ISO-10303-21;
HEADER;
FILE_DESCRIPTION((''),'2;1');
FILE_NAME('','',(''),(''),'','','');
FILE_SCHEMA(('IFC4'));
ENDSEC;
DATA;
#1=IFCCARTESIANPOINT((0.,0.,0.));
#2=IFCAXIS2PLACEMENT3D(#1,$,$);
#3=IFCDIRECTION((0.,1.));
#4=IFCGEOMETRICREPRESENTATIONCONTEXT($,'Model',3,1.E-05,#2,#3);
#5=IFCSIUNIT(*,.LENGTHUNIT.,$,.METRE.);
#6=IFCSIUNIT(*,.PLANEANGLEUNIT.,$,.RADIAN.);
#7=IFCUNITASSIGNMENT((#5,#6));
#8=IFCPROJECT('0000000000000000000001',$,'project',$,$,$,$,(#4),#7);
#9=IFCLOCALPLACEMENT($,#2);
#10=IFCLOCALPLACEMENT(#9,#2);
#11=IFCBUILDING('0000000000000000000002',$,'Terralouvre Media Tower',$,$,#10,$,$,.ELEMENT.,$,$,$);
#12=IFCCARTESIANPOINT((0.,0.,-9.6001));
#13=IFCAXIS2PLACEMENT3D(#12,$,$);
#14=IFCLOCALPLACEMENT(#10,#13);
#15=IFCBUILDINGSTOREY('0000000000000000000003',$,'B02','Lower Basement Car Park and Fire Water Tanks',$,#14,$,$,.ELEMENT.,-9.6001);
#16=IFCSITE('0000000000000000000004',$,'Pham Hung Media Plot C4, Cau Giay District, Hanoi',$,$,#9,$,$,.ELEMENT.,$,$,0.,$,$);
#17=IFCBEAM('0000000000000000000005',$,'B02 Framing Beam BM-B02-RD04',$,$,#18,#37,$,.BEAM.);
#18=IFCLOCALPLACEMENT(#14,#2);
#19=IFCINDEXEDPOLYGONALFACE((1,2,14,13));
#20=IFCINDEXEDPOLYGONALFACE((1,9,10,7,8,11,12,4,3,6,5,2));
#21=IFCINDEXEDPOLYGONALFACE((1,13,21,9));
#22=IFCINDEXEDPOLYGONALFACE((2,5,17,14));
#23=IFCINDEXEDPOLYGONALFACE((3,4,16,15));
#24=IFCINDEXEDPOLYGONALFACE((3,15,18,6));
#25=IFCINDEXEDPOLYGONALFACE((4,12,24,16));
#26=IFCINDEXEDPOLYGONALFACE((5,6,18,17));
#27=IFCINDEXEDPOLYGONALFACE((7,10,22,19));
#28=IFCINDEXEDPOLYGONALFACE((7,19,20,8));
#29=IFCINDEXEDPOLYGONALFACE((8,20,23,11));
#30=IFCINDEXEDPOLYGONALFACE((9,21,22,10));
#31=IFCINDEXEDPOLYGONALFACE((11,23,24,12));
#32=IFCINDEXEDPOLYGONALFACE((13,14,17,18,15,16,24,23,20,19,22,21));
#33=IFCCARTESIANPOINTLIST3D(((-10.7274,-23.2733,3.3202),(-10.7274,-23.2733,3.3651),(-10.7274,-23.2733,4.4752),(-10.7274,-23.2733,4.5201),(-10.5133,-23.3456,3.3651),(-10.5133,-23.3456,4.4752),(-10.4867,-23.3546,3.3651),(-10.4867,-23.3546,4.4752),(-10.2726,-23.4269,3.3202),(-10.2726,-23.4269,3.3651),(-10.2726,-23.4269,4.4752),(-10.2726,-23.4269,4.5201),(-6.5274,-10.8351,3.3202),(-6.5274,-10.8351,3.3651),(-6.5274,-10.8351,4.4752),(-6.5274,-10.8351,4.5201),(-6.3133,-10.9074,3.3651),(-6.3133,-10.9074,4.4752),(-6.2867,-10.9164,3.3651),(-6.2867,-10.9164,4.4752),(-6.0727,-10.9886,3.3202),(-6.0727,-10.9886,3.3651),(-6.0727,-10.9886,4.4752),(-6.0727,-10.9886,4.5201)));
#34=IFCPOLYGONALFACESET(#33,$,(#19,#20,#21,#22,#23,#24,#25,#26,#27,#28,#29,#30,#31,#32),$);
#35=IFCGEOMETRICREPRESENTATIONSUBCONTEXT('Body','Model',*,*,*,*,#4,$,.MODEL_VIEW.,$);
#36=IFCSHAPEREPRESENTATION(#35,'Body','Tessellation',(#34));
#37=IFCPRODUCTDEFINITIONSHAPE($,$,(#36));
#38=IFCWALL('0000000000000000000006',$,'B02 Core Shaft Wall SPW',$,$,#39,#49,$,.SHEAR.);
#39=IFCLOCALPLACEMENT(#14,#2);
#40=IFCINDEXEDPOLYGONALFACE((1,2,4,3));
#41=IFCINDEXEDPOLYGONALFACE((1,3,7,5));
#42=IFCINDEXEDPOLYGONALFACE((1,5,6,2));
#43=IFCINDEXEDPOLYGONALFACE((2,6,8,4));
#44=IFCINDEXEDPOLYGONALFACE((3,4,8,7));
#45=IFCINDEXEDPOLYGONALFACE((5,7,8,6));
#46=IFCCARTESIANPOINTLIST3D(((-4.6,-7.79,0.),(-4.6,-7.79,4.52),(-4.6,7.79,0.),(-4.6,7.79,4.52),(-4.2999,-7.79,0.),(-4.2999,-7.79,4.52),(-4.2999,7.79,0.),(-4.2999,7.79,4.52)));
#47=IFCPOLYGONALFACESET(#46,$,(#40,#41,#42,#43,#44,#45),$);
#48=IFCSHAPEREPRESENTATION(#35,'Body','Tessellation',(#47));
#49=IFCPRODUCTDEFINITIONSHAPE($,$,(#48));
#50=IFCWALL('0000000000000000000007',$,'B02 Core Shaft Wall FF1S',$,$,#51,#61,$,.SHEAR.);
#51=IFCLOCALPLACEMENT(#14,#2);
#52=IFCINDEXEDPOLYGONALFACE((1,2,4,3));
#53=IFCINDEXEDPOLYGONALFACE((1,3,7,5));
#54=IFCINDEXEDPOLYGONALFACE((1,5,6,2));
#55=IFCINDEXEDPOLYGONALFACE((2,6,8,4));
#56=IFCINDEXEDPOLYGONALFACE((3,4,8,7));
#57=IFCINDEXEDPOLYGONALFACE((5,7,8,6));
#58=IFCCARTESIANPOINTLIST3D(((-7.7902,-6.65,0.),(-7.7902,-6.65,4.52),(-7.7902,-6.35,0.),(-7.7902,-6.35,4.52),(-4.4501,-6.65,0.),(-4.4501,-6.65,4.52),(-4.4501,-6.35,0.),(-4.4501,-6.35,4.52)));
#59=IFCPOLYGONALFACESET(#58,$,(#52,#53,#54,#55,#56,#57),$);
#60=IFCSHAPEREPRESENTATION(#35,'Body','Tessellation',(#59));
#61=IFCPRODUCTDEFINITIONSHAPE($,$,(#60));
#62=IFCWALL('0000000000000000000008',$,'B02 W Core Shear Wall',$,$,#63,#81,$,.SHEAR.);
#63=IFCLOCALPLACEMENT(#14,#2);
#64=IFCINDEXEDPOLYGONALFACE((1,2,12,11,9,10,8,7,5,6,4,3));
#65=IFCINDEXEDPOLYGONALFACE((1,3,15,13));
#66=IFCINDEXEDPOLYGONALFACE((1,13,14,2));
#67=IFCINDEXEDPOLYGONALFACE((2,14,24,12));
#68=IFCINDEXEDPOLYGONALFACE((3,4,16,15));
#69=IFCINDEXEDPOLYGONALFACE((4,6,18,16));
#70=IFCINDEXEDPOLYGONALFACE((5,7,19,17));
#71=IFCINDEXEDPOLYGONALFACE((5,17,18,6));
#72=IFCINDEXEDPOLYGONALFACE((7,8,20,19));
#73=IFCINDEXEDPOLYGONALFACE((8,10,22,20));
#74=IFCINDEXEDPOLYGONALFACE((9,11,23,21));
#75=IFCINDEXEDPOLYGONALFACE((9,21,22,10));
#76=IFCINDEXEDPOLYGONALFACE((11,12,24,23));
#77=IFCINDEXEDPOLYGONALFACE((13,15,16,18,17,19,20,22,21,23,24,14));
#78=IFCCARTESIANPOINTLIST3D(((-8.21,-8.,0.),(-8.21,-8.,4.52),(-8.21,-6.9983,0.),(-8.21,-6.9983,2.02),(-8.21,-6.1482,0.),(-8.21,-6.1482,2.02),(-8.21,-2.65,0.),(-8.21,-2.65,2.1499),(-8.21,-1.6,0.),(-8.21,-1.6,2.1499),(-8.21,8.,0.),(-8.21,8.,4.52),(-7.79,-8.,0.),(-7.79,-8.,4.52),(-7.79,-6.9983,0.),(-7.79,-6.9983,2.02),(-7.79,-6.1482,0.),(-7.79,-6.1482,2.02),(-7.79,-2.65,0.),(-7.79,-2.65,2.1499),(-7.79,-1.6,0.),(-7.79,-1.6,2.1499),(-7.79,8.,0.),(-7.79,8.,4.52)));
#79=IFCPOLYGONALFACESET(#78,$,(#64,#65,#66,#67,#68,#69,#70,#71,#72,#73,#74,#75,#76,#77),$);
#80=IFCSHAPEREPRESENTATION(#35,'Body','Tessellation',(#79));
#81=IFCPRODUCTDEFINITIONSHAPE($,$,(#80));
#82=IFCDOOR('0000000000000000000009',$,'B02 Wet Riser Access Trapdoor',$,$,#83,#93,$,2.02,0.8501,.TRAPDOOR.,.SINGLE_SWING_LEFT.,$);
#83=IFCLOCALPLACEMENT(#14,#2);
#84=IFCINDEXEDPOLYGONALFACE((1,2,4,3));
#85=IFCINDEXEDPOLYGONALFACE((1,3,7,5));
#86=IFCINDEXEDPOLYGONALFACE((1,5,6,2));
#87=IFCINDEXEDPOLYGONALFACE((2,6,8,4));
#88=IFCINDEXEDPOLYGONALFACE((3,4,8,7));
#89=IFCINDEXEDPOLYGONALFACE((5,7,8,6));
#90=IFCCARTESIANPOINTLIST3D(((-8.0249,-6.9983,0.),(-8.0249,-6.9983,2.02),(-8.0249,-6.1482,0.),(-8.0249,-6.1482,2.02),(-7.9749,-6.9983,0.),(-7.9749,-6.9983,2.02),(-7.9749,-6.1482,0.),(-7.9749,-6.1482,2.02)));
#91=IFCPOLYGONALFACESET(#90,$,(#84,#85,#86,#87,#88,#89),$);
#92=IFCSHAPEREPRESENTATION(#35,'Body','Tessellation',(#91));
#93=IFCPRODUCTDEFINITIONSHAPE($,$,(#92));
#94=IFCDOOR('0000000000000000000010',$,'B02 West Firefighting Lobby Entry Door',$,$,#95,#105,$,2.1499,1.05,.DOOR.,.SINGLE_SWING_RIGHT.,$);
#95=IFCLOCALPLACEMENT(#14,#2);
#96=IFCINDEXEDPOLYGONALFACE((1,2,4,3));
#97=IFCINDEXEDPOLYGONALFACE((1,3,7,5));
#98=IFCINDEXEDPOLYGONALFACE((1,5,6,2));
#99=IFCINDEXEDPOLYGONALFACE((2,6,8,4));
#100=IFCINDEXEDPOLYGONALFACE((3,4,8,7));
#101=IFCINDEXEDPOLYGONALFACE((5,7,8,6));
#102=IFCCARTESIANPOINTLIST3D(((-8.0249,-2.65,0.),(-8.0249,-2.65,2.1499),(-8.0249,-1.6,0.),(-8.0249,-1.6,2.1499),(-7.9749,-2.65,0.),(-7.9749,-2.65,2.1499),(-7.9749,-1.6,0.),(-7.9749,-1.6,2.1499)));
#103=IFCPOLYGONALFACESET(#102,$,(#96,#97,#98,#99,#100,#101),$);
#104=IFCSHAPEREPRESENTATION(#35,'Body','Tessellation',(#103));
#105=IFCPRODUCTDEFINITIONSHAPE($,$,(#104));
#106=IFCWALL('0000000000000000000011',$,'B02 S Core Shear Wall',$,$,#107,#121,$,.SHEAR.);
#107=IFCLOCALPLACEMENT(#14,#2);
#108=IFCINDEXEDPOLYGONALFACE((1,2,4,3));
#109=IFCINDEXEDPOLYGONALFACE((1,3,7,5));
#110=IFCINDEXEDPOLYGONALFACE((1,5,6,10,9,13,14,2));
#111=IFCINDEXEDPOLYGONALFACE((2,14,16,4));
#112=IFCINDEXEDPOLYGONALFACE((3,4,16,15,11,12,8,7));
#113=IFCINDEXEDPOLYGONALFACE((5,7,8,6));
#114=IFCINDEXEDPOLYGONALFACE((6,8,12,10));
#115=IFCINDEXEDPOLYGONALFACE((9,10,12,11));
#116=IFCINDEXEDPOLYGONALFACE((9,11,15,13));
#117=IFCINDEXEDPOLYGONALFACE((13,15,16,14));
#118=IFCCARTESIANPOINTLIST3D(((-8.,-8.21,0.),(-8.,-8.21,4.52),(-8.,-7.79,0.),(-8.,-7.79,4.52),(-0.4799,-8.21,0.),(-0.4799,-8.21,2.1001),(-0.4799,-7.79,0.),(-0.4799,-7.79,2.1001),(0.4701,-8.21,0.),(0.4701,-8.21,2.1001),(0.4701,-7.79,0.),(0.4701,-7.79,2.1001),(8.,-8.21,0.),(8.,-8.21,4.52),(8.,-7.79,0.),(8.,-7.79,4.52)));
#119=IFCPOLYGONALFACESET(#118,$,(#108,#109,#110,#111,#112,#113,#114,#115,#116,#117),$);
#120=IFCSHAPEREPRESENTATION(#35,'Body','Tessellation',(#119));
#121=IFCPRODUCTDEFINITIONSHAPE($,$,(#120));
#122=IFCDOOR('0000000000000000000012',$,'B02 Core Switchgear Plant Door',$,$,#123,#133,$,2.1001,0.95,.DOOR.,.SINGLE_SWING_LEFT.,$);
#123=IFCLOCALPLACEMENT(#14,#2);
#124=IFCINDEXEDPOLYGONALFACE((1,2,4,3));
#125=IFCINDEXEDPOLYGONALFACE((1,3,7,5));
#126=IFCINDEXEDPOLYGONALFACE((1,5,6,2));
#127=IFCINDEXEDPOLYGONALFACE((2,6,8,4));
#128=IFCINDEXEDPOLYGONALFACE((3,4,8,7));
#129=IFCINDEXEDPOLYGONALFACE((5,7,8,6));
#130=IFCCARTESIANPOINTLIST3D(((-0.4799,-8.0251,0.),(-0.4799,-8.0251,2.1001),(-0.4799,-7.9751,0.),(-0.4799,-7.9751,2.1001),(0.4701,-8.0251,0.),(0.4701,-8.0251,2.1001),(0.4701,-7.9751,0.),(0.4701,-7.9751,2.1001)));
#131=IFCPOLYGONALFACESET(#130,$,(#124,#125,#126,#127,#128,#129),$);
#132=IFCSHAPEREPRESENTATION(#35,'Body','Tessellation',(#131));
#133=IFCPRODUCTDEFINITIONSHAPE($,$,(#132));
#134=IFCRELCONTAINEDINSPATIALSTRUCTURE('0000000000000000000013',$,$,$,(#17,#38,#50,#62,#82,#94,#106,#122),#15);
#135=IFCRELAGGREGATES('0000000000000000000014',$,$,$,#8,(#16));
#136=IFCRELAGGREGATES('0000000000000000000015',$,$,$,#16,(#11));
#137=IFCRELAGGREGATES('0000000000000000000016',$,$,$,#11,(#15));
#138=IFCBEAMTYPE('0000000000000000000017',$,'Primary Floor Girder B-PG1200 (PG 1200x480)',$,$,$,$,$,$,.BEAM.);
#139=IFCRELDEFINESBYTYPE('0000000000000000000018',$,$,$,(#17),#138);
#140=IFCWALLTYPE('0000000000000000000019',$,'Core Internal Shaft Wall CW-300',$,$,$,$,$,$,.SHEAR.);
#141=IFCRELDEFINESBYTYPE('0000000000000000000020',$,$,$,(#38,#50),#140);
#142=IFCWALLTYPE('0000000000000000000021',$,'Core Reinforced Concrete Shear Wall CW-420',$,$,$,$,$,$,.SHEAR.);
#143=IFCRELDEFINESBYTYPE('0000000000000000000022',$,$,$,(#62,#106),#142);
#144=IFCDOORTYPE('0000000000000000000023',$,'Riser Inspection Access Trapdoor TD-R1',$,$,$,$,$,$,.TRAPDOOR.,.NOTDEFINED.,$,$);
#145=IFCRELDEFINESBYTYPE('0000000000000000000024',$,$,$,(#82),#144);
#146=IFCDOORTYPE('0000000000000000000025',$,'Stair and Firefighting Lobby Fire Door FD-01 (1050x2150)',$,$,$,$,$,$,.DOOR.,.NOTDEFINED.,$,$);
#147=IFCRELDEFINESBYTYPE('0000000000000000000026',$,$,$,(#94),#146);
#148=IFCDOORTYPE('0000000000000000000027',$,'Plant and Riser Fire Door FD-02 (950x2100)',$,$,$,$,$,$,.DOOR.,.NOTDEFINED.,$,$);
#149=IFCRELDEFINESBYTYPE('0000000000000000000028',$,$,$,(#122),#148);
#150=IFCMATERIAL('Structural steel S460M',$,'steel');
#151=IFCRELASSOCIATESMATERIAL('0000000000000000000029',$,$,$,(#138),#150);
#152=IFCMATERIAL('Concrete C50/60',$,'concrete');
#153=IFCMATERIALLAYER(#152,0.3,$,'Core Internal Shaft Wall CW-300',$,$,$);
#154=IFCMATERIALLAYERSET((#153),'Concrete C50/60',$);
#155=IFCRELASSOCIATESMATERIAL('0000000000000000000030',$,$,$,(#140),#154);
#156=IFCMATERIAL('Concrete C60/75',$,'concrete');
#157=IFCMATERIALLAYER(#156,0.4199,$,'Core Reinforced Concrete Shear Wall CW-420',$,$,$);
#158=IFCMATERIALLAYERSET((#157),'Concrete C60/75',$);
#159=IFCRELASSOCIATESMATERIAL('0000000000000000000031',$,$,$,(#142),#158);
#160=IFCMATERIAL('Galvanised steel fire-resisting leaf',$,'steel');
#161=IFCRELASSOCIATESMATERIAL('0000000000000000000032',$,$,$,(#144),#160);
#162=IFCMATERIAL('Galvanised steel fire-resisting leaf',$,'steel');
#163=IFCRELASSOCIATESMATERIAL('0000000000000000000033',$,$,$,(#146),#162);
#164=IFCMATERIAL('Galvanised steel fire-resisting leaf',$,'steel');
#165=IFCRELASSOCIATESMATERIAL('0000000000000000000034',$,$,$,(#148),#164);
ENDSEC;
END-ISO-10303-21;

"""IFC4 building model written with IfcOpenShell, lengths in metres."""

from ifc_helpers import new_model, si_unit, direction, frame, frame_2d, origin, origin_2d, place, context, subcontext, project, spatial, rectangle, i_section, extrude, material, layer, layer_set, material_profile, profile_set, type_object, element, fill, save


model = new_model("IFC4")

# Units and contexts
model_context = context("Model", 3, precision=1e-05, world=origin(), true_north=direction((0.0, 1.0)))
body_context = subcontext(model_context, "Body", "Model", "MODEL_VIEW")
ifc_project = project(units=[si_unit("LENGTHUNIT", "METRE"), si_unit("PLANEANGLEUNIT", "RADIAN")], contexts=[model_context])

# Site, building, storey
site_placement = place(None, origin())
site = spatial("IfcSite", under=ifc_project, at=site_placement, Name="Pham Hung Media Plot C4, Cau Giay District, Hanoi", CompositionType="ELEMENT", RefElevation=0.0)
building_placement = place(site_placement, origin())
building = spatial("IfcBuilding", under=site, at=building_placement, Name="Terralouvre Media Tower", CompositionType="ELEMENT")
storey_placement = place(building_placement, frame((0.0, 0.0, -9.6001)))
storey = spatial("IfcBuildingStorey", under=building, at=storey_placement, Name="B02", Description="Lower Basement Car Park and Fire Water Tanks", CompositionType="ELEMENT", Elevation=-9.6001)

# Beam
ifc_material_1 = material(Name="Structural steel S460M", Category="steel")
ifc_material_profile_1 = material_profile(ifc_material_1, i_section(OverallWidth=0.48, OverallDepth=1.2, WebThickness=0.0281, FlangeThickness=0.0449, at=origin_2d()), Name="PG 1200x480")
ifc_profile_set_1 = profile_set([ifc_material_profile_1], Name="Structural steel S460M")
beam_type_1 = type_object("IfcBeamType", Name="Primary Floor Girder B-PG1200 (PG 1200x480)", PredefinedType="BEAM", material=ifc_profile_set_1)
beam_1_placement = place(storey_placement, frame((-6.3, -10.9119, 3.9202), z_axis=(-0.319919, -0.947445, 0.0), x_axis=(0.947445, -0.319919, 0.0)))
element("IfcBeam", 1, at=beam_1_placement, inside=storey, type_object=beam_type_1, Name="B02 Framing Beam BM-B02-RD04", PredefinedType="BEAM", context=body_context, shape_type="SweptSolid", body=[
    extrude(i_section(OverallWidth=0.48, OverallDepth=1.2, WebThickness=0.0281, FlangeThickness=0.0449, at=origin_2d()), origin(), (0.0, 0.0, 1.0), 13.1282),
])

# Walls
ifc_material_2 = material(Name="Concrete C50/60", Category="concrete")
ifc_layer_1 = layer(ifc_material_2, 0.3, Name="Core Internal Shaft Wall CW-300")
ifc_layer_set_1 = layer_set([ifc_layer_1], Name="Concrete C50/60")
wall_type_1 = type_object("IfcWallType", Name="Core Internal Shaft Wall CW-300", PredefinedType="SHEAR", material=ifc_layer_set_1)
wall_1_placement = place(storey_placement, frame((-4.45, -7.79, 0.0), z_axis=(0.0, 0.0, 1.0), x_axis=(0.0, 1.0, 0.0)))
element("IfcWall", 2, at=wall_1_placement, inside=storey, type_object=wall_type_1, Name="B02 Core Shaft Wall SPW", PredefinedType="SHEAR", context=body_context, shape_type="SweptSolid", body=[
    extrude(rectangle(XDim=15.5801, YDim=0.3, at=frame_2d((7.79, 0.0))), origin(), (0.0, 0.0, 1.0), 4.52),
])
wall_2_placement = place(storey_placement, frame((-7.79, -6.5, 0.0), z_axis=(0.0, 0.0, 1.0), x_axis=(1.0, 0.0, 0.0)))
element("IfcWall", 3, at=wall_2_placement, inside=storey, type_object=wall_type_1, Name="B02 Core Shaft Wall FF1S", PredefinedType="SHEAR", context=body_context, shape_type="SweptSolid", body=[
    extrude(rectangle(XDim=3.3401, YDim=0.3, at=frame_2d((1.6699, 0.0))), origin(), (0.0, 0.0, 1.0), 4.52),
])

# Wall, openings, doors
ifc_material_3 = material(Name="Concrete C60/75", Category="concrete")
ifc_layer_2 = layer(ifc_material_3, 0.4199, Name="Core Reinforced Concrete Shear Wall CW-420")
ifc_layer_set_2 = layer_set([ifc_layer_2], Name="Concrete C60/75")
wall_type_2 = type_object("IfcWallType", Name="Core Reinforced Concrete Shear Wall CW-420", PredefinedType="SHEAR", material=ifc_layer_set_2)
wall_3_placement = place(storey_placement, frame((-8.0, -8.0, 0.0), z_axis=(0.0, 0.0, 1.0), x_axis=(0.0, 1.0, 0.0)))
wall_3 = element("IfcWall", 4, at=wall_3_placement, inside=storey, type_object=wall_type_2, Name="B02 W Core Shear Wall", PredefinedType="SHEAR", context=body_context, shape_type="SweptSolid", body=[
    extrude(rectangle(XDim=16.0, YDim=0.4199, at=frame_2d((8.0, 0.0))), origin(), (0.0, 0.0, 1.0), 4.52),
])
opening_1_placement = place(wall_3_placement, frame((1.0017, 0.0, 0.0)))
opening_1 = element("IfcOpeningElement", 5, at=opening_1_placement, cuts=wall_3, PredefinedType="OPENING", context=body_context, shape_type="SweptSolid", body=[
    extrude(rectangle(XDim=0.8501, YDim=2.02, at=frame_2d((0.425, 1.01))), frame((0.0, 0.22, 0.0), z_axis=(0.0, -1.0, 0.0), x_axis=(1.0, 0.0, 0.0)), (0.0, 0.0, 1.0), 0.4399),
])
opening_2_placement = place(wall_3_placement, frame((5.3501, 0.0, 0.0)))
opening_2 = element("IfcOpeningElement", 6, at=opening_2_placement, cuts=wall_3, PredefinedType="OPENING", context=body_context, shape_type="SweptSolid", body=[
    extrude(rectangle(XDim=1.05, YDim=2.1499, at=frame_2d((0.5249, 1.075))), frame((0.0, 0.22, 0.0), z_axis=(0.0, -1.0, 0.0), x_axis=(1.0, 0.0, 0.0)), (0.0, 0.0, 1.0), 0.4399),
])
ifc_material_4 = material(Name="Galvanised steel fire-resisting leaf", Category="steel")
door_type_1 = type_object("IfcDoorType", Name="Riser Inspection Access Trapdoor TD-R1", OperationType="NOTDEFINED", PredefinedType="TRAPDOOR", material=ifc_material_4)
door_1_placement = place(opening_1_placement, origin())
door_1 = element("IfcDoor", 7, at=door_1_placement, inside=storey, type_object=door_type_1, Name="B02 Wet Riser Access Trapdoor", OperationType="SINGLE_SWING_LEFT", OverallHeight=2.02, OverallWidth=0.8501, PredefinedType="TRAPDOOR", context=body_context, shape_type="SweptSolid", body=[
    extrude(rectangle(XDim=0.8501, YDim=2.02, at=frame_2d((0.425, 1.01))), frame((0.0, 0.0249, 0.0), z_axis=(0.0, -1.0, 0.0), x_axis=(1.0, 0.0, 0.0)), (0.0, 0.0, 1.0), 0.05),
])
fill(opening_1, door_1)
ifc_material_5 = material(Name="Galvanised steel fire-resisting leaf", Category="steel")
door_type_2 = type_object("IfcDoorType", Name="Stair and Firefighting Lobby Fire Door FD-01 (1050x2150)", OperationType="NOTDEFINED", PredefinedType="DOOR", material=ifc_material_5)
door_2_placement = place(opening_2_placement, origin())
door_2 = element("IfcDoor", 8, at=door_2_placement, inside=storey, type_object=door_type_2, Name="B02 West Firefighting Lobby Entry Door", OperationType="SINGLE_SWING_RIGHT", OverallHeight=2.1499, OverallWidth=1.05, PredefinedType="DOOR", context=body_context, shape_type="SweptSolid", body=[
    extrude(rectangle(XDim=1.05, YDim=2.1499, at=frame_2d((0.5249, 1.075))), frame((0.0, 0.0249, 0.0), z_axis=(0.0, -1.0, 0.0), x_axis=(1.0, 0.0, 0.0)), (0.0, 0.0, 1.0), 0.05),
])
fill(opening_2, door_2)

# Wall, opening, door
wall_4_placement = place(storey_placement, frame((-8.0, -8.0, 0.0), z_axis=(0.0, 0.0, 1.0), x_axis=(1.0, 0.0, 0.0)))
wall_4 = element("IfcWall", 9, at=wall_4_placement, inside=storey, type_object=wall_type_2, Name="B02 S Core Shear Wall", PredefinedType="SHEAR", context=body_context, shape_type="SweptSolid", body=[
    extrude(rectangle(XDim=16.0, YDim=0.4199, at=frame_2d((8.0, 0.0))), origin(), (0.0, 0.0, 1.0), 4.52),
])
opening_3_placement = place(wall_4_placement, frame((7.52, 0.0, 0.0)))
opening_3 = element("IfcOpeningElement", 10, at=opening_3_placement, cuts=wall_4, PredefinedType="OPENING", context=body_context, shape_type="SweptSolid", body=[
    extrude(rectangle(XDim=0.95, YDim=2.1001, at=frame_2d((0.4751, 1.05))), frame((0.0, 0.22, 0.0), z_axis=(0.0, -1.0, 0.0), x_axis=(1.0, 0.0, 0.0)), (0.0, 0.0, 1.0), 0.4399),
])
ifc_material_6 = material(Name="Galvanised steel fire-resisting leaf", Category="steel")
door_type_3 = type_object("IfcDoorType", Name="Plant and Riser Fire Door FD-02 (950x2100)", OperationType="NOTDEFINED", PredefinedType="DOOR", material=ifc_material_6)
door_3_placement = place(opening_3_placement, origin())
door_3 = element("IfcDoor", 11, at=door_3_placement, inside=storey, type_object=door_type_3, Name="B02 Core Switchgear Plant Door", OperationType="SINGLE_SWING_LEFT", OverallHeight=2.1001, OverallWidth=0.95, PredefinedType="DOOR", context=body_context, shape_type="SweptSolid", body=[
    extrude(rectangle(XDim=0.95, YDim=2.1001, at=frame_2d((0.4751, 1.05))), frame((0.0, 0.0249, 0.0), z_axis=(0.0, -1.0, 0.0), x_axis=(1.0, 0.0, 0.0)), (0.0, 0.0, 1.0), 0.05),
])
fill(opening_3, door_3)

save(model, "model.ifc")
